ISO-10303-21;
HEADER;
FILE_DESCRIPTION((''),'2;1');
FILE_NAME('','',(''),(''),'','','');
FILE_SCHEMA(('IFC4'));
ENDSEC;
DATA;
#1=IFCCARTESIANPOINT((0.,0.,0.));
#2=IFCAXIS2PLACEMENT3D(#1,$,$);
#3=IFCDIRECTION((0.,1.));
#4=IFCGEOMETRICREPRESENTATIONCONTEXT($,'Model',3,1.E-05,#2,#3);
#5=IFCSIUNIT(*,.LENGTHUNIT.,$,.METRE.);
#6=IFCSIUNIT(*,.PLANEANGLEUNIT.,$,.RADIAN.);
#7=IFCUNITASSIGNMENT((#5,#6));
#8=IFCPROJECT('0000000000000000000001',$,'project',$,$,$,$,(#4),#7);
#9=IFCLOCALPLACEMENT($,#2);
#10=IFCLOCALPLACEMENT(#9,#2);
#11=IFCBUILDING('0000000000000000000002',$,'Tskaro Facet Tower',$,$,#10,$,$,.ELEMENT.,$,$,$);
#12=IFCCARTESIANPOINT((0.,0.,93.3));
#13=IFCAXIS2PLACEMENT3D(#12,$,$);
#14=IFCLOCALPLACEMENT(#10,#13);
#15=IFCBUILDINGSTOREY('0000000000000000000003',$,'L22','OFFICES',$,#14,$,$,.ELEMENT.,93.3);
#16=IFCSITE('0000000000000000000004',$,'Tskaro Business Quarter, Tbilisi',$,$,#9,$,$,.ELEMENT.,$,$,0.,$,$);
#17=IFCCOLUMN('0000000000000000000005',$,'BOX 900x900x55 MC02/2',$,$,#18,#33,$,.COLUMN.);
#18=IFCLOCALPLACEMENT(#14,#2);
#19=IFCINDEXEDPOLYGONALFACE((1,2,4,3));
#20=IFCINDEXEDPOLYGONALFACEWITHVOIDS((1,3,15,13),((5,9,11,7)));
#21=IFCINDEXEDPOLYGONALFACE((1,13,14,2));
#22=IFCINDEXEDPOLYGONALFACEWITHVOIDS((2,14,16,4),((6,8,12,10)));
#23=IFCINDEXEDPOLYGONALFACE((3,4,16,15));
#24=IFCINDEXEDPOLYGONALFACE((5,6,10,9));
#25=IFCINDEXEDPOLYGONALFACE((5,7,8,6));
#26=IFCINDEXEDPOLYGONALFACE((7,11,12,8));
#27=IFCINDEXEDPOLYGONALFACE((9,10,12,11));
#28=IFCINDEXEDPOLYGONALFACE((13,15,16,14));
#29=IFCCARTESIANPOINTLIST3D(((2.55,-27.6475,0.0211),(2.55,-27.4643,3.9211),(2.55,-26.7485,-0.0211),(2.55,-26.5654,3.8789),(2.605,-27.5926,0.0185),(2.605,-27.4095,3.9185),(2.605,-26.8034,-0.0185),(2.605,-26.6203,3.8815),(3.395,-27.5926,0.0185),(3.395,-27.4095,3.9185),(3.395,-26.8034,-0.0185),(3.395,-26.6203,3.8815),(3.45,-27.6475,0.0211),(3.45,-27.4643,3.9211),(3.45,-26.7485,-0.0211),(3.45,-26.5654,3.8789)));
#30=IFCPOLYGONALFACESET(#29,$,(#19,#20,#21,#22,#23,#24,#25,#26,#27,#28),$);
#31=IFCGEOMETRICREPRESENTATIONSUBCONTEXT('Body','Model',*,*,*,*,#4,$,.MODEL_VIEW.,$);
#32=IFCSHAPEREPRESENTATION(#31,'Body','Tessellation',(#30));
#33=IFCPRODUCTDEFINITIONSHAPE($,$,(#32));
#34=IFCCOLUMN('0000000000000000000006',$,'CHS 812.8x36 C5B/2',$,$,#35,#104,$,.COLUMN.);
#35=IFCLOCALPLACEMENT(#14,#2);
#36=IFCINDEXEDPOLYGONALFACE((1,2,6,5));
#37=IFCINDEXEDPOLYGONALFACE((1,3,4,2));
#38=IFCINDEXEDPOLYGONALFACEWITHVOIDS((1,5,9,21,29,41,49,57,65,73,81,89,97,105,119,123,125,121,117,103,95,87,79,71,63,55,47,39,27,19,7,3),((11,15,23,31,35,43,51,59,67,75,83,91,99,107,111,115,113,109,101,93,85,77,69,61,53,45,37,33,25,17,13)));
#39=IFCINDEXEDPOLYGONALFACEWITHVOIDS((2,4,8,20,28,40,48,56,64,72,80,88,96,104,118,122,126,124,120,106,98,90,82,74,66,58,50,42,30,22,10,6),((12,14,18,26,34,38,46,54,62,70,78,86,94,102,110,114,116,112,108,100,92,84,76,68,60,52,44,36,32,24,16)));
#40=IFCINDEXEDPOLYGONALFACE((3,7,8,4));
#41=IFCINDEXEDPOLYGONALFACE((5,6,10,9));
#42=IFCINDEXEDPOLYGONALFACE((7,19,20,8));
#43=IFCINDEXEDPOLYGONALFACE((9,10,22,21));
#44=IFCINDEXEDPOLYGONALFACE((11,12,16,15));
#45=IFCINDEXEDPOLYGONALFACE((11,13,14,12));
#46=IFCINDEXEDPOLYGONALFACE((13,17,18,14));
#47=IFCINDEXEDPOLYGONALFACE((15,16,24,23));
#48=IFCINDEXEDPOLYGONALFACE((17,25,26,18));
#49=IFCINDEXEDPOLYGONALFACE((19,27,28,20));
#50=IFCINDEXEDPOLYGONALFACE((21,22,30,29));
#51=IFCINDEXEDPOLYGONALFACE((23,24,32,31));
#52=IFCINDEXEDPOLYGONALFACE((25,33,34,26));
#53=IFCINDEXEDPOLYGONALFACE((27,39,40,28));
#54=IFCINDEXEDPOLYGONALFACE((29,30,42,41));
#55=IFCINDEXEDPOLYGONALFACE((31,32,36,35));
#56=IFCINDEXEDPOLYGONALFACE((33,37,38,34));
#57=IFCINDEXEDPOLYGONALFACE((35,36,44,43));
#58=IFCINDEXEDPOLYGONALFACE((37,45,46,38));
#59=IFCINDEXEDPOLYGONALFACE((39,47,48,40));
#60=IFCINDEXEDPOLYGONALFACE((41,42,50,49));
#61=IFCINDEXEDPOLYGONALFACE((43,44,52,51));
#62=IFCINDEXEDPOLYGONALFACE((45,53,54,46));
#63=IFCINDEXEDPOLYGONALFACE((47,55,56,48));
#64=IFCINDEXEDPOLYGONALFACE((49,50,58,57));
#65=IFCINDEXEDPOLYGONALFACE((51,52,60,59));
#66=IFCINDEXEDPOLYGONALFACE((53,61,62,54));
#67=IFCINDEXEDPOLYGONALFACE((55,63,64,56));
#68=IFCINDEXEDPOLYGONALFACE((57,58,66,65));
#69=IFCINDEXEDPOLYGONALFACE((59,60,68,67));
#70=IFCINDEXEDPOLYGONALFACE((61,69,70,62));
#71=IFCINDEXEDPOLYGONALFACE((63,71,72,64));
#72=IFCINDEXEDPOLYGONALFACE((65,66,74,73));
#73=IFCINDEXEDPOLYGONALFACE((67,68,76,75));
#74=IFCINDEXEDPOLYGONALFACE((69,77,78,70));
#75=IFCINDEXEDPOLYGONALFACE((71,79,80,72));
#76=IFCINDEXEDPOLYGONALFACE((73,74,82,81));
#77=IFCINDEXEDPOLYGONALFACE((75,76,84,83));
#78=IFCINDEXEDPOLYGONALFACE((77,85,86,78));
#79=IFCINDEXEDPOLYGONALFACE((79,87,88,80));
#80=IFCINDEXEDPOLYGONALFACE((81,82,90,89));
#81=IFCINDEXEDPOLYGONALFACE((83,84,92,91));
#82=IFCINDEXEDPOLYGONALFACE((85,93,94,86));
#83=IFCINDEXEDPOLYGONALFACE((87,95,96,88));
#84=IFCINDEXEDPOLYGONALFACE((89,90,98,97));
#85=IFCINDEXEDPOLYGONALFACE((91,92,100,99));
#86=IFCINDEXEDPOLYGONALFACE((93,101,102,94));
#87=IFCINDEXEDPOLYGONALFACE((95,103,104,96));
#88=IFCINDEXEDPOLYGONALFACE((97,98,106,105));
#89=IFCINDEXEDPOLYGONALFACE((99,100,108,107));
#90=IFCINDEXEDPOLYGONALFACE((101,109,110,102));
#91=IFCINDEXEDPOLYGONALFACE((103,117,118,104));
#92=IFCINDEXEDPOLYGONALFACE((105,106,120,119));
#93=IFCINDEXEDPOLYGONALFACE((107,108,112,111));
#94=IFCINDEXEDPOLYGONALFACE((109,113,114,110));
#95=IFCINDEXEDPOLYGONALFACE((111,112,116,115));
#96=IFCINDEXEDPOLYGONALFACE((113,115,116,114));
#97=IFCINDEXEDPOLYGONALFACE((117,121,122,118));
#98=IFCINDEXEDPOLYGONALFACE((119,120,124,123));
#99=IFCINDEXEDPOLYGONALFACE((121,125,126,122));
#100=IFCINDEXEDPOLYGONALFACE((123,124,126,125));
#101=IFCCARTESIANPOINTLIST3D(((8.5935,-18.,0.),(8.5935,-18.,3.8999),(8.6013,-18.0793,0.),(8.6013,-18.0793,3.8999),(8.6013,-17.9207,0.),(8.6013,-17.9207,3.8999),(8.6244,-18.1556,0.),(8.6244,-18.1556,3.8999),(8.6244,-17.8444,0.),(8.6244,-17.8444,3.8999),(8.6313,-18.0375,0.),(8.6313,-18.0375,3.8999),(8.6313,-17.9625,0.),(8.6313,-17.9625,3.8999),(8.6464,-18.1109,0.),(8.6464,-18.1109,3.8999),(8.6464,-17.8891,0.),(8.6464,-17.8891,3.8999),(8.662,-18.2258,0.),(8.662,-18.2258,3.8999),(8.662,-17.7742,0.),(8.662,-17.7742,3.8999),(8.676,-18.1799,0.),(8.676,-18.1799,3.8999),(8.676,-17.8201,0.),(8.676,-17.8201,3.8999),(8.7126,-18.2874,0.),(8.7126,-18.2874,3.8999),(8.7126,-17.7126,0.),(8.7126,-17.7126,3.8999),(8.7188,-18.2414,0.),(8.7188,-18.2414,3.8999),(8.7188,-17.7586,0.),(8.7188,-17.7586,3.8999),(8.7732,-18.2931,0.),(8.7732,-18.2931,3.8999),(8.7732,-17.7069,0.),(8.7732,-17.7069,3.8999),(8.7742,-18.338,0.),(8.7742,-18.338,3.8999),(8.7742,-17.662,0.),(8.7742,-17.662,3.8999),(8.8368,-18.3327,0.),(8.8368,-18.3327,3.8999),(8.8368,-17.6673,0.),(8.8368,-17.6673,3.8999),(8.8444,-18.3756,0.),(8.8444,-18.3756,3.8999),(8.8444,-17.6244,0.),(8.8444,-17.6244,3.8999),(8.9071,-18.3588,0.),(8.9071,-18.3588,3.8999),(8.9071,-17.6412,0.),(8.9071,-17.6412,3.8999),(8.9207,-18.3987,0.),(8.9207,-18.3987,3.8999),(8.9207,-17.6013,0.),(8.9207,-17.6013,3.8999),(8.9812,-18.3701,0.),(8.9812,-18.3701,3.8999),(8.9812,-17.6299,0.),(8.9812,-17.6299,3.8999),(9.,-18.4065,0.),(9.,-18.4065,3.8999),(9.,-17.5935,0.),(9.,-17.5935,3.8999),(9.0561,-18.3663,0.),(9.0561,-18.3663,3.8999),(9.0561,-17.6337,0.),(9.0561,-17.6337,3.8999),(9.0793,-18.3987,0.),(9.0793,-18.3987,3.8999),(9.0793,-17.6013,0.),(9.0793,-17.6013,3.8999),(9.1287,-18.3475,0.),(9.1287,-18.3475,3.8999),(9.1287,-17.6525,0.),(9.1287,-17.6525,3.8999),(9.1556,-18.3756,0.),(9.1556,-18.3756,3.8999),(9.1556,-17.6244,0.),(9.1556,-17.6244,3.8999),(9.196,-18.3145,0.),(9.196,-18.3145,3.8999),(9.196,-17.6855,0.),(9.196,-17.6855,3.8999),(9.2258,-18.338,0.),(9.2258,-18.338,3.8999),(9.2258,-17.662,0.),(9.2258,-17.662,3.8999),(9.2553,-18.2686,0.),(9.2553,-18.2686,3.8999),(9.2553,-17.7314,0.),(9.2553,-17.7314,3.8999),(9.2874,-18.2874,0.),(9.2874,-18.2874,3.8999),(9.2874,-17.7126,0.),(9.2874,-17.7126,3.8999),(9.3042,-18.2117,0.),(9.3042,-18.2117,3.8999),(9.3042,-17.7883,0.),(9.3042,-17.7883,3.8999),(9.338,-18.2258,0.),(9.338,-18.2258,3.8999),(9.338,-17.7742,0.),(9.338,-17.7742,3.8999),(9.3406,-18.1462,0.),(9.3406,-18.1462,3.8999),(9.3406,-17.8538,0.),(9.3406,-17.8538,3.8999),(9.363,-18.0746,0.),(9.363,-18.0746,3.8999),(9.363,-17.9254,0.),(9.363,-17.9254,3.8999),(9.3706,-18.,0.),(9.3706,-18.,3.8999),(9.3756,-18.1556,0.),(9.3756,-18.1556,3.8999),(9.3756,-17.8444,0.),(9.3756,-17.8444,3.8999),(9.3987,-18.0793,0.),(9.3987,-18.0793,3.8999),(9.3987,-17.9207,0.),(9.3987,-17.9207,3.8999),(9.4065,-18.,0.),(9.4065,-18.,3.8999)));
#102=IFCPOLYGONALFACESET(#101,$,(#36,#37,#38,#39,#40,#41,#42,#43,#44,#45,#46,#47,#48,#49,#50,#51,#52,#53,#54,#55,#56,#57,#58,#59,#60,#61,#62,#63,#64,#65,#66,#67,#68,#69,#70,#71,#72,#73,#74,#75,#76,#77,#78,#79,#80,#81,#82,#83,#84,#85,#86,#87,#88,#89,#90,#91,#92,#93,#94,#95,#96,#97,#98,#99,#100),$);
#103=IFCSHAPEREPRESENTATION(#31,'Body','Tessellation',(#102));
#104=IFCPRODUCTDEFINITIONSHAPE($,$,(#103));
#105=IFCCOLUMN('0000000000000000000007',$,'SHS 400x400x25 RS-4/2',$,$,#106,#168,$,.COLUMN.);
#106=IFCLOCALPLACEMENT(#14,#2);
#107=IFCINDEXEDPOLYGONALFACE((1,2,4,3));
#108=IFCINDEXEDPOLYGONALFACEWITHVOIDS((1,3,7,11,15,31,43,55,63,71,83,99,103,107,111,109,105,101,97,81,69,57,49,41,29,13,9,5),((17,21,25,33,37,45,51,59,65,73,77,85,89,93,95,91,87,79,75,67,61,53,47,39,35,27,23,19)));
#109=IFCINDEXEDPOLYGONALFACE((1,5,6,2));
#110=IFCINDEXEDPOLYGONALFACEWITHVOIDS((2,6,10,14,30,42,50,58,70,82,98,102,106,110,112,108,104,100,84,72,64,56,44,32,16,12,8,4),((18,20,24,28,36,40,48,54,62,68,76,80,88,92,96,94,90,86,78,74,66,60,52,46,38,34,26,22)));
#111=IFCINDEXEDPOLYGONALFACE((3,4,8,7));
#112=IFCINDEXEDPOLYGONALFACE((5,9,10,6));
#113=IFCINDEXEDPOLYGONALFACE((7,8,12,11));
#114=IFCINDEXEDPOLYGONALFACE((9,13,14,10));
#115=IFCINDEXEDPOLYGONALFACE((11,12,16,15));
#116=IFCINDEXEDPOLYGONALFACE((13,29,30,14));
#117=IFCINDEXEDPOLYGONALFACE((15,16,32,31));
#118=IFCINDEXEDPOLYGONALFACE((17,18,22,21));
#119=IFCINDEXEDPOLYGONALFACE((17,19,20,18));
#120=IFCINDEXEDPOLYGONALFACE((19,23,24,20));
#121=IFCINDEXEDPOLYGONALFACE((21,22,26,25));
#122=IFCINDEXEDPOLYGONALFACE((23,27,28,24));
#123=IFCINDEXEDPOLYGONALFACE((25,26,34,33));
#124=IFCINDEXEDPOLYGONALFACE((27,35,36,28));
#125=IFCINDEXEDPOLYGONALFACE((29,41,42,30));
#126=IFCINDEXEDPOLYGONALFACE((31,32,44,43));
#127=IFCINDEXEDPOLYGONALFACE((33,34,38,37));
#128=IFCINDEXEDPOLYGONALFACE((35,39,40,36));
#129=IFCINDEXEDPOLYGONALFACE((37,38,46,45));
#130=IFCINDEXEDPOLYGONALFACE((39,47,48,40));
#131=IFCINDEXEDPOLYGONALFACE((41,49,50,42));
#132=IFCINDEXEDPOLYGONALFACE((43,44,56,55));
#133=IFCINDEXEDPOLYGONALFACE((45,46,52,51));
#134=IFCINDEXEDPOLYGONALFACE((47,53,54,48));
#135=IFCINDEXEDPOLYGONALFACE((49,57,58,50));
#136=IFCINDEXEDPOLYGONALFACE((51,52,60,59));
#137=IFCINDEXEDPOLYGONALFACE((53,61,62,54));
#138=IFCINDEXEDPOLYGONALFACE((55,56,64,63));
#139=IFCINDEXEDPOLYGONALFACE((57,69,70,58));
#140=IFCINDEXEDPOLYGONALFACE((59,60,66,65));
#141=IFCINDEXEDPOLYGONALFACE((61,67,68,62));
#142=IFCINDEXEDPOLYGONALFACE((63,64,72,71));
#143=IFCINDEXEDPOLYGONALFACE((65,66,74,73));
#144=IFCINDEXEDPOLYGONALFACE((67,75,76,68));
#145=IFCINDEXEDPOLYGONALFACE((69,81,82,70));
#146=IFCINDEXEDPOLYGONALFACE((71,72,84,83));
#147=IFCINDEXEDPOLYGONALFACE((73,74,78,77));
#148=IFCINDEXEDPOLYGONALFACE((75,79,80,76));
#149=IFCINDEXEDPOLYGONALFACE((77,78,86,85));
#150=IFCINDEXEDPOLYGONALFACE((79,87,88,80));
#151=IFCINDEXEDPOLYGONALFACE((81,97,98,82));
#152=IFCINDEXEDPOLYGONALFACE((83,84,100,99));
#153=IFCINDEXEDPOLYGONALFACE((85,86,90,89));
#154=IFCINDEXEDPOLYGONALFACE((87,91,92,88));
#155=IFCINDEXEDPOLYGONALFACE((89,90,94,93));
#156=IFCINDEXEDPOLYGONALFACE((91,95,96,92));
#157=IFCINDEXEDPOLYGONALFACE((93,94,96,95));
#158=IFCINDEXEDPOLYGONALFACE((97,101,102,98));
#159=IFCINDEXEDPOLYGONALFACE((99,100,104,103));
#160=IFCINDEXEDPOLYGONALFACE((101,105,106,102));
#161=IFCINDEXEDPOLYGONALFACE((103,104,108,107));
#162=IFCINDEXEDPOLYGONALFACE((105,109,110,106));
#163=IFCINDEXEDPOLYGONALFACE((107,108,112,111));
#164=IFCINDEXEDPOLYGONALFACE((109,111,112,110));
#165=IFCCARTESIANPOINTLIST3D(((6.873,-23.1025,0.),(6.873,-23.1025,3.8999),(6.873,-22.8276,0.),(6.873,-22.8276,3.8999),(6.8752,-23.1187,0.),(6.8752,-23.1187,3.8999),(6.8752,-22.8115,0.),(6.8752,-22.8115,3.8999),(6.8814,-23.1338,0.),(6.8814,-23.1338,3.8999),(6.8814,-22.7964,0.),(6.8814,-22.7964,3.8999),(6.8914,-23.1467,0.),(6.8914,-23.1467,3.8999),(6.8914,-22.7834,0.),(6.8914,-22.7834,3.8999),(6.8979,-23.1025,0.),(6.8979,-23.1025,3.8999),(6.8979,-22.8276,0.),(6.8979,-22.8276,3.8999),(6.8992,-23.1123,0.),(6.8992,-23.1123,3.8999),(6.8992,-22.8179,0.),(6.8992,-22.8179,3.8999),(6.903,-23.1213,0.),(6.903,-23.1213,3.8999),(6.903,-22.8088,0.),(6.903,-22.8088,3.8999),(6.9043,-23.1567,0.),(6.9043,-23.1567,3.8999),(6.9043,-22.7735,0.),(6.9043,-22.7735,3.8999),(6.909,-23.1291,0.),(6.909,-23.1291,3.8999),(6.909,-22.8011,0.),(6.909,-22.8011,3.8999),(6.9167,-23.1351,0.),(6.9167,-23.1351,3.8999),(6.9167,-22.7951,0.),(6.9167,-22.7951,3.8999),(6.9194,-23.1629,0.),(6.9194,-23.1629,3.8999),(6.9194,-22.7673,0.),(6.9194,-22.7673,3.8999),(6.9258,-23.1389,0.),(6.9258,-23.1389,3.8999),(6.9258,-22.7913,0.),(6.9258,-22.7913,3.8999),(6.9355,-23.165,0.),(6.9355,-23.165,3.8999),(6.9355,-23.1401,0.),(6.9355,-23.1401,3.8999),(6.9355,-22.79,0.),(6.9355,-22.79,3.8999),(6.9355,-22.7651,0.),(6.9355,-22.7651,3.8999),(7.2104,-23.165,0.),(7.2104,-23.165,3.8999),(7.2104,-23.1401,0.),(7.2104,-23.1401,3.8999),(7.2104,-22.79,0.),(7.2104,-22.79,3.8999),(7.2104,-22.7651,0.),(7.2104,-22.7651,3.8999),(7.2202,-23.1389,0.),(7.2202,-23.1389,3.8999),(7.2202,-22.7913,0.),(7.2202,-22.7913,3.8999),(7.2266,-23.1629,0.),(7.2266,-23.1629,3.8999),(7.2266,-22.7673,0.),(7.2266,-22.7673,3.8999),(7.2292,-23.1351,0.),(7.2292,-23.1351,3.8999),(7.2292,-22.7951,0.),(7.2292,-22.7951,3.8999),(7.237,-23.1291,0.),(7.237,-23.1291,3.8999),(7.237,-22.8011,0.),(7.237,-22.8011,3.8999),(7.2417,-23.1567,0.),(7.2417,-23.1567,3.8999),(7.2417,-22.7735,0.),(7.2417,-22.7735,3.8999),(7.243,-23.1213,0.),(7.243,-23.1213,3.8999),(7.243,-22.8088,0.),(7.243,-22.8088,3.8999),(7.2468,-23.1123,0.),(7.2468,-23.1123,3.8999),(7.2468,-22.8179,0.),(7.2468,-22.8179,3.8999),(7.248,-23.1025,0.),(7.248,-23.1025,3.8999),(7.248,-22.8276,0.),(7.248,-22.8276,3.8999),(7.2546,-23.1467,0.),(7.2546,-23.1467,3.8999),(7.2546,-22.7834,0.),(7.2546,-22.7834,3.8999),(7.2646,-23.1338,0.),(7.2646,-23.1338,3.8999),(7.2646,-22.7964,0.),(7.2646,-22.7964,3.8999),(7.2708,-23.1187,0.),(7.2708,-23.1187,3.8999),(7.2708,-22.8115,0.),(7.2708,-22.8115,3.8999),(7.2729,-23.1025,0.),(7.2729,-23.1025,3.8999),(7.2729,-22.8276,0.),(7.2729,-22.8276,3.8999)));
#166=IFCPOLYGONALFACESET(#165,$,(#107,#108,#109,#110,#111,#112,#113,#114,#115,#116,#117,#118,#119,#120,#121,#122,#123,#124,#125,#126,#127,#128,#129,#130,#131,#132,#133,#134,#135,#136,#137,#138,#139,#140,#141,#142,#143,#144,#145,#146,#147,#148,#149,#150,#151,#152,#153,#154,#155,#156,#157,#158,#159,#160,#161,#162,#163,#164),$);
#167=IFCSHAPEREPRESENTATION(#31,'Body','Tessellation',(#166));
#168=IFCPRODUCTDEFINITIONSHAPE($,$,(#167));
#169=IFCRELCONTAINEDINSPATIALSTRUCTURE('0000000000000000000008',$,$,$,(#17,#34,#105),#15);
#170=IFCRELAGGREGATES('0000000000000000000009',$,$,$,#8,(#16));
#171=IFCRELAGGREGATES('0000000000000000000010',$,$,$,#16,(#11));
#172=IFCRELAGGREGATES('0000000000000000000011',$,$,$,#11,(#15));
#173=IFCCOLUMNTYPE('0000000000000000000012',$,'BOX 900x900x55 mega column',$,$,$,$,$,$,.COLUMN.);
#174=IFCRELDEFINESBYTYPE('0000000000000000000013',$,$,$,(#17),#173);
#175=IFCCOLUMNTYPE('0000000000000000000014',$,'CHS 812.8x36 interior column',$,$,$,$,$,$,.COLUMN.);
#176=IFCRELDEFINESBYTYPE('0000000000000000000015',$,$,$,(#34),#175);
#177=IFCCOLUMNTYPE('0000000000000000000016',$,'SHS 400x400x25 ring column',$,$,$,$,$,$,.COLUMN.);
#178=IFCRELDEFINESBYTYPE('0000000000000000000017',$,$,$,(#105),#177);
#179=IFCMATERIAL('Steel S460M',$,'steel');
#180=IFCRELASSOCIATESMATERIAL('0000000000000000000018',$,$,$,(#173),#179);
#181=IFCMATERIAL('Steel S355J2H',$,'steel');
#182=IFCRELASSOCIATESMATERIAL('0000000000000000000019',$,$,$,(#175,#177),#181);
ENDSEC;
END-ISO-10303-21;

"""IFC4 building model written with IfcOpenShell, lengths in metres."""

from ifc_helpers import new_model, si_unit, direction, frame, origin, origin_2d, place, context, subcontext, project, spatial, hollow_rectangle, hollow_circle, extrude, material, material_profile, profile_set, type_object, element, save


model = new_model("IFC4")

# Units and contexts
model_context = context("Model", 3, precision=1e-05, world=origin(), true_north=direction((0.0, 1.0)))
body_context = subcontext(model_context, "Body", "Model", "MODEL_VIEW")
ifc_project = project(units=[si_unit("LENGTHUNIT", "METRE"), si_unit("PLANEANGLEUNIT", "RADIAN")], contexts=[model_context])

# Site, building, storey
site_placement = place(None, origin())
site = spatial("IfcSite", under=ifc_project, at=site_placement, Name="Tskaro Business Quarter, Tbilisi", CompositionType="ELEMENT", RefElevation=0.0)
building_placement = place(site_placement, origin())
building = spatial("IfcBuilding", under=site, at=building_placement, Name="Tskaro Facet Tower", CompositionType="ELEMENT")
storey_placement = place(building_placement, frame((0.0, 0.0, 93.3)))
storey = spatial("IfcBuildingStorey", under=building, at=storey_placement, Name="L22", Description="OFFICES", CompositionType="ELEMENT", Elevation=93.3)

# Columns
ifc_material_1 = material(Name="Steel S460M", Category="steel")
ifc_material_profile_1 = material_profile(ifc_material_1, hollow_rectangle(XDim=0.8999, YDim=0.8999, WallThickness=0.0549, at=origin_2d()), Name="BOX 900x900x55")
ifc_profile_set_1 = profile_set([ifc_material_profile_1], Name="Steel S460M")
column_type_1 = type_object("IfcColumnType", Name="BOX 900x900x55 mega column", PredefinedType="COLUMN", material=ifc_profile_set_1)
column_1_placement = place(storey_placement, frame((3.0, -27.198, 0.0), z_axis=(0.0, 0.0469, 0.9989), x_axis=(-1.0, 0.0, 0.0)))
element("IfcColumn", 1, at=column_1_placement, inside=storey, type_object=column_type_1, Name="BOX 900x900x55 MC02/2", PredefinedType="COLUMN", context=body_context, shape_type="SweptSolid", body=[
    extrude(hollow_rectangle(XDim=0.8999, YDim=0.8999, WallThickness=0.0549, at=origin_2d()), origin(), (0.0, 0.0, 1.0), 3.9043),
])
ifc_material_2 = material(Name="Steel S355J2H", Category="steel")
ifc_material_profile_2 = material_profile(ifc_material_2, hollow_circle(Radius=0.4065, WallThickness=0.0359, at=origin_2d()), Name="CHS 812.8x36")
ifc_profile_set_2 = profile_set([ifc_material_profile_2], Name="Steel S355J2H")
column_type_2 = type_object("IfcColumnType", Name="CHS 812.8x36 interior column", PredefinedType="COLUMN", material=ifc_profile_set_2)
column_2_placement = place(storey_placement, frame((9.0, -18.0, 0.0), z_axis=(0.0, 0.0, 1.0), x_axis=(1.0, 0.0, 0.0)))
element("IfcColumn", 2, at=column_2_placement, inside=storey, type_object=column_type_2, Name="CHS 812.8x36 C5B/2", PredefinedType="COLUMN", context=body_context, shape_type="SweptSolid", body=[
    extrude(hollow_circle(Radius=0.4065, WallThickness=0.0359, at=origin_2d()), origin(), (0.0, 0.0, 1.0), 3.8999),
])
ifc_material_profile_3 = material_profile(ifc_material_2, hollow_rectangle(XDim=0.3999, YDim=0.3999, WallThickness=0.0249, InnerFilletRadius=0.0376, OuterFilletRadius=0.0625, at=origin_2d()), Name="SHS 400x400x25")
ifc_profile_set_3 = profile_set([ifc_material_profile_3], Name="Steel S355J2H")
column_type_3 = type_object("IfcColumnType", Name="SHS 400x400x25 ring column", PredefinedType="COLUMN", material=ifc_profile_set_3)
for number, where, z_axis, x_axis, name in (
    (3, (7.073, -22.9651, 0.0), (0.0, 0.0, 1.0), (1.0, 0.0, 0.0), "SHS 400x400x25 RS-4/2"),
):
    element("IfcColumn", number, at=place(storey_placement, frame(where, z_axis=z_axis, x_axis=x_axis)), inside=storey, type_object=column_type_3, Name=name, PredefinedType="COLUMN", context=body_context, shape_type="SweptSolid", body=[
        extrude(hollow_rectangle(XDim=0.3999, YDim=0.3999, WallThickness=0.0249, InnerFilletRadius=0.0376, OuterFilletRadius=0.0625, at=origin_2d()), origin(), (0.0, 0.0, 1.0), 3.8999),
    ])

save(model, "model.ifc")
